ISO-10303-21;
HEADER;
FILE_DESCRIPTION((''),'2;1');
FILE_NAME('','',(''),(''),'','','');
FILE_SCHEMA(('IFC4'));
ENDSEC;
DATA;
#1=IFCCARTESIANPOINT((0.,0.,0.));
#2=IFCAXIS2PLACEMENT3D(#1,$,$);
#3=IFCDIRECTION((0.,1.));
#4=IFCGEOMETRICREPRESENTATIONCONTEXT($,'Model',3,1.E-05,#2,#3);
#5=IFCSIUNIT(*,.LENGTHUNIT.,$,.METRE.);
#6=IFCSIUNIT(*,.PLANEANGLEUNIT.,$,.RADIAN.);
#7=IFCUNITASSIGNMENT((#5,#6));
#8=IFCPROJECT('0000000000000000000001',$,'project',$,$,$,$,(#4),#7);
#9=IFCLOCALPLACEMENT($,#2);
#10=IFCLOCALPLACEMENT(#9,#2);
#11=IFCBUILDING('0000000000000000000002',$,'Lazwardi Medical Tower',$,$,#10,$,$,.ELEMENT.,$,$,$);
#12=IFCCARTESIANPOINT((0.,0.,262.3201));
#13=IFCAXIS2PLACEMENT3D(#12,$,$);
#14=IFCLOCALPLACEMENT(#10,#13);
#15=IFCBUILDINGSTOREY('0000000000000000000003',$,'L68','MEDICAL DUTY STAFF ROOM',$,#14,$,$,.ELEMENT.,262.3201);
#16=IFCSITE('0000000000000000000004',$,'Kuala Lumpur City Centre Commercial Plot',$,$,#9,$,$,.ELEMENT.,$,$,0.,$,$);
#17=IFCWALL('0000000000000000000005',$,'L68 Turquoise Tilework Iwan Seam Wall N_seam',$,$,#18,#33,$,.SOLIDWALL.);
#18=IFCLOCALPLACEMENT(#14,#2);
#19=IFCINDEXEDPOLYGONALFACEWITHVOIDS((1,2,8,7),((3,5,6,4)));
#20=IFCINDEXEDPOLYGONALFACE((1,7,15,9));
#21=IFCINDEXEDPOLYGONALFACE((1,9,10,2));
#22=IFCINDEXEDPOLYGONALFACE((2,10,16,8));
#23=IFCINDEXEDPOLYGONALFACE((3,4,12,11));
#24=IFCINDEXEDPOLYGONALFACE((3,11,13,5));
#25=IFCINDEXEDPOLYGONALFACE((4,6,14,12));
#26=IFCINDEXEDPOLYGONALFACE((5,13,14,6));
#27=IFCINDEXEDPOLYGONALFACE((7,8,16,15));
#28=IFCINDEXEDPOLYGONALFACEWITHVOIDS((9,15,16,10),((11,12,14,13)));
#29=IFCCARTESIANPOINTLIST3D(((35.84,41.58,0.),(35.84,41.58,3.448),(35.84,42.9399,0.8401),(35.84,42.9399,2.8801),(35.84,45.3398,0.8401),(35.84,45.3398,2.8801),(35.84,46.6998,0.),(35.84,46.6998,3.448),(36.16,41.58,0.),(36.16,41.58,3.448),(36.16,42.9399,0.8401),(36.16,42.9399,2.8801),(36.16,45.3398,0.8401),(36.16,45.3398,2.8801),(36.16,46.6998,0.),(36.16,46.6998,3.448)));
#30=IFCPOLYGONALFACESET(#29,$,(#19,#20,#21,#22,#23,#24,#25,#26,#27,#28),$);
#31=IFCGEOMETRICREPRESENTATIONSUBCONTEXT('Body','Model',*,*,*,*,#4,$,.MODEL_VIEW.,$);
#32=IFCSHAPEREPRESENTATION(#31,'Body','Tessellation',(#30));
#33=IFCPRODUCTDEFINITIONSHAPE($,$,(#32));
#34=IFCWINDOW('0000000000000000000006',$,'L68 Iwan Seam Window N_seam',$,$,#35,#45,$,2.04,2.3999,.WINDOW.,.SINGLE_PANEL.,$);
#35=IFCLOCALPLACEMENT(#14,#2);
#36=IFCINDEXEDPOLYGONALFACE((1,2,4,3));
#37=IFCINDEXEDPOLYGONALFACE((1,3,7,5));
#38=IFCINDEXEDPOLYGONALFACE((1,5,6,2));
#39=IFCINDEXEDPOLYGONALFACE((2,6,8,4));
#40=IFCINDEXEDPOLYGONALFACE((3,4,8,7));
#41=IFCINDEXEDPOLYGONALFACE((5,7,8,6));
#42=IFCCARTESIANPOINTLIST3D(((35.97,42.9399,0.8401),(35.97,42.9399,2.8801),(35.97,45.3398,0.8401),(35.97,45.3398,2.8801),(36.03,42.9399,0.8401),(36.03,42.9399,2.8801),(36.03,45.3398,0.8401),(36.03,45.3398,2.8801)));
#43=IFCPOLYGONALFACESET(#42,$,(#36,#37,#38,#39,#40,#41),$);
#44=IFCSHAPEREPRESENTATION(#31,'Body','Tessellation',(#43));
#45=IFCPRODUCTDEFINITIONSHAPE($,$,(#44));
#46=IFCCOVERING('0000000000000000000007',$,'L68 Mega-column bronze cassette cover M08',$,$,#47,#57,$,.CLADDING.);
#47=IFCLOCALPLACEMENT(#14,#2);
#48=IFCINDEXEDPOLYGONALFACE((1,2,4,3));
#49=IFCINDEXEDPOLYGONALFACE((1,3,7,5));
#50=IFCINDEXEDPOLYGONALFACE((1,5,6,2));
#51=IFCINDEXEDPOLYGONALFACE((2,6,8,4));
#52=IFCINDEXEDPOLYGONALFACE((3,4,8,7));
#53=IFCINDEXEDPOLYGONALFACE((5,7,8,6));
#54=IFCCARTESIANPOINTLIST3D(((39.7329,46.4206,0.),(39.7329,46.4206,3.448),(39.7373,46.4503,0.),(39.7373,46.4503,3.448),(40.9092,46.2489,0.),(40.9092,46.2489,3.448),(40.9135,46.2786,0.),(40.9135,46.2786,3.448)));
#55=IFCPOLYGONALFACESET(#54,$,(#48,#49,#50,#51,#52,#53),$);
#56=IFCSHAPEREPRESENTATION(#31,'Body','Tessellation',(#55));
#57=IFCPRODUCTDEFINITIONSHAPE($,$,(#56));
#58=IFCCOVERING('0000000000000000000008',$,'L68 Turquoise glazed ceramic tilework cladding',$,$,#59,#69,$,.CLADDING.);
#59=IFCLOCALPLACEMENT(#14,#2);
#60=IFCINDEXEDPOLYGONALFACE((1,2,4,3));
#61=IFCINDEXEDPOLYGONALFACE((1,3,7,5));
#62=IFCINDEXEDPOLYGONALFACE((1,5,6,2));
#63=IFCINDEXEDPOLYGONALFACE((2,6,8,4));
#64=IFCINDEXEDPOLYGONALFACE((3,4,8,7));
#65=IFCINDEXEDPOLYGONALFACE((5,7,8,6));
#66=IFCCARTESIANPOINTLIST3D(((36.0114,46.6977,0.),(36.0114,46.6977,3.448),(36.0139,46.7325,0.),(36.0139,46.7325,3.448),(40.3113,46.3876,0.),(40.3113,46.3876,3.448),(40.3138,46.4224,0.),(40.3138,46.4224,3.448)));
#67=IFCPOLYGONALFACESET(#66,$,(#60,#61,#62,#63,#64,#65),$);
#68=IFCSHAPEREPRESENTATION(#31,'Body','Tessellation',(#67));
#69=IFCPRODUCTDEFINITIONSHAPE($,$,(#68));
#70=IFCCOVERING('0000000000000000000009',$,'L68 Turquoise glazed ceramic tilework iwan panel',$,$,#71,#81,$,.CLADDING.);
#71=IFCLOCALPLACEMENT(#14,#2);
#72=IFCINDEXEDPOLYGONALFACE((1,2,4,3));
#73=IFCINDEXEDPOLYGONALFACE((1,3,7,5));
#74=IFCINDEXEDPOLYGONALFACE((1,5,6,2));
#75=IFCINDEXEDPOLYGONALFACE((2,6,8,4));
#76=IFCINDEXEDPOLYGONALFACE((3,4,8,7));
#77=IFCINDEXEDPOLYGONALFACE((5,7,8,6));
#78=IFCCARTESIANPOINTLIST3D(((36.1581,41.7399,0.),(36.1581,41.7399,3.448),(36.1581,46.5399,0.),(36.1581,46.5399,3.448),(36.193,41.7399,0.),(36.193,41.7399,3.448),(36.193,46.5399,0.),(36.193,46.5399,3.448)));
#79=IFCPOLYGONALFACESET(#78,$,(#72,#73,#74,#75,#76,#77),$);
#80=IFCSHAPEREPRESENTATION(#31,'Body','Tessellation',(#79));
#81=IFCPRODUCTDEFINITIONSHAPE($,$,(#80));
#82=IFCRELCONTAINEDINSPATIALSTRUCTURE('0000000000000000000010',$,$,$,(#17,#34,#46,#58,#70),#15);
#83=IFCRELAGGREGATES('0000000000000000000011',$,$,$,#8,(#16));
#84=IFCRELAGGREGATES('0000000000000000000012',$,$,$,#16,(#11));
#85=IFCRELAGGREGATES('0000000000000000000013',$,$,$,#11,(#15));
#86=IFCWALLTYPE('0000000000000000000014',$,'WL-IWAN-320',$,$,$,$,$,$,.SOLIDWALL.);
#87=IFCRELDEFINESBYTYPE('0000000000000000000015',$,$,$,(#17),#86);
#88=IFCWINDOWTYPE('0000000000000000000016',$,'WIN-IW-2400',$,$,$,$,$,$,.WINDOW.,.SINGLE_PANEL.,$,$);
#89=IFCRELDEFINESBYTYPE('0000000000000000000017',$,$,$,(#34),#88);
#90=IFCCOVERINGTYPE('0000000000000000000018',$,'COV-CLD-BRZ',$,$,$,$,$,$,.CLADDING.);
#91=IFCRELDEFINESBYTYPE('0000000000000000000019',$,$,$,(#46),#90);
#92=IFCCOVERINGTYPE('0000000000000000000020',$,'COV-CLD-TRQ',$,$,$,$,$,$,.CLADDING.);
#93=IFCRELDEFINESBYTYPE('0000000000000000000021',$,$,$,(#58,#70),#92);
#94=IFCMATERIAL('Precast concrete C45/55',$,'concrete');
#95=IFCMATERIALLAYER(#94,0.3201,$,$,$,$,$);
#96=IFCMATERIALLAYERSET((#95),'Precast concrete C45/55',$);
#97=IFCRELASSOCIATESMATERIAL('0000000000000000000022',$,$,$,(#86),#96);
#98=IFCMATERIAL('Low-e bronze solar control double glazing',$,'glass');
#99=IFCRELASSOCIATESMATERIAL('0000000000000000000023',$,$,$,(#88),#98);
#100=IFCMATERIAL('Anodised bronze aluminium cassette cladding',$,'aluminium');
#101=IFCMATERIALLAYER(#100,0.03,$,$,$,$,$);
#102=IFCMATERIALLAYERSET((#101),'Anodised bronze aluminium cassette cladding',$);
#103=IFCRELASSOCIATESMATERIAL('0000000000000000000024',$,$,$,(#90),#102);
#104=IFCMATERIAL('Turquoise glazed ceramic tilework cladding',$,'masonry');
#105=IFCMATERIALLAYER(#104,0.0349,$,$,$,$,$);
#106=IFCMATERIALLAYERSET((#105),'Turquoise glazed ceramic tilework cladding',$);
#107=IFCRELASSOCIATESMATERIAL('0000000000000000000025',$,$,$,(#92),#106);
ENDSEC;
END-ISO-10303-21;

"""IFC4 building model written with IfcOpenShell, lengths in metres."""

from ifc_helpers import new_model, si_unit, direction, frame, frame_2d, origin, origin_2d, place, context, subcontext, project, spatial, rectangle, extrude, material, layer, layer_set, type_object, element, fill, save


model = new_model("IFC4")

# Units and contexts
model_context = context("Model", 3, precision=1e-05, world=origin(), true_north=direction((0.0, 1.0)))
body_context = subcontext(model_context, "Body", "Model", "MODEL_VIEW")
ifc_project = project(units=[si_unit("LENGTHUNIT", "METRE"), si_unit("PLANEANGLEUNIT", "RADIAN")], contexts=[model_context])

# Site, building, storey
site_placement = place(None, origin())
site = spatial("IfcSite", under=ifc_project, at=site_placement, Name="Kuala Lumpur City Centre Commercial Plot", CompositionType="ELEMENT", RefElevation=0.0)
building_placement = place(site_placement, origin())
building = spatial("IfcBuilding", under=site, at=building_placement, Name="Lazwardi Medical Tower", CompositionType="ELEMENT")
storey_placement = place(building_placement, frame((0.0, 0.0, 262.3201)))
storey = spatial("IfcBuildingStorey", under=building, at=storey_placement, Name="L68", Description="MEDICAL DUTY STAFF ROOM", CompositionType="ELEMENT", Elevation=262.3201)

# Shared definitions
ifc_material_1 = material(Name="Low-e bronze solar control double glazing", Category="glass")

# Wall, opening, window
ifc_material_2 = material(Name="Precast concrete C45/55", Category="concrete")
ifc_layer_1 = layer(ifc_material_2, 0.3201)
ifc_layer_set_1 = layer_set([ifc_layer_1], Name="Precast concrete C45/55")
wall_type = type_object("IfcWallType", Name="WL-IWAN-320", PredefinedType="SOLIDWALL", material=ifc_layer_set_1)
wall_1_placement = place(storey_placement, frame((36.0, 46.7, 0.0), z_axis=(0.0, 0.0, 1.0), x_axis=(0.0, -1.0, 0.0)))
wall_1 = element("IfcWall", 1, at=wall_1_placement, inside=storey, type_object=wall_type, Name="L68 Turquoise Tilework Iwan Seam Wall N_seam", PredefinedType="SOLIDWALL", context=body_context, shape_type="SweptSolid", body=[
    extrude(rectangle(XDim=5.1199, YDim=0.3201, at=frame_2d((2.5601, 0.0))), origin(), (0.0, 0.0, 1.0), 3.448),
])
opening_1_placement = place(wall_1_placement, frame((1.3601, 0.0, 0.8401)))
opening_1 = element("IfcOpeningElement", 2, at=opening_1_placement, cuts=wall_1, PredefinedType="OPENING", context=body_context, shape_type="SweptSolid", body=[
    extrude(rectangle(XDim=2.3999, YDim=2.04, at=frame_2d((1.2, 1.02))), frame((0.0, 0.1699, 0.0), z_axis=(0.0, -1.0, 0.0), x_axis=(1.0, 0.0, 0.0)), (0.0, 0.0, 1.0), 0.3401),
])
window_type_1 = type_object("IfcWindowType", Name="WIN-IW-2400", PartitioningType="SINGLE_PANEL", PredefinedType="WINDOW", material=ifc_material_1)
window_1_placement = place(opening_1_placement, origin())
window_1 = element("IfcWindow", 3, at=window_1_placement, inside=storey, type_object=window_type_1, Name="L68 Iwan Seam Window N_seam", OverallHeight=2.04, OverallWidth=2.3999, PartitioningType="SINGLE_PANEL", PredefinedType="WINDOW", context=body_context, shape_type="SweptSolid", body=[
    extrude(rectangle(XDim=2.3999, YDim=2.04, at=frame_2d((1.2, 1.02))), frame((0.0, 0.03, 0.0), z_axis=(0.0, -1.0, 0.0), x_axis=(1.0, 0.0, 0.0)), (0.0, 0.0, 1.0), 0.0601),
])
fill(opening_1, window_1)

# Coverings
ifc_material_3 = material(Name="Anodised bronze aluminium cassette cladding", Category="aluminium")
ifc_layer_2 = layer(ifc_material_3, 0.03)
ifc_layer_set_2 = layer_set([ifc_layer_2], Name="Anodised bronze aluminium cassette cladding")
covering_type_1 = type_object("IfcCoveringType", Name="COV-CLD-BRZ", PredefinedType="CLADDING", material=ifc_layer_set_2)
covering_1_placement = place(storey_placement, frame((40.3232, 46.3496, 0.0), z_axis=(0.0, 0.0, 1.0), x_axis=(-0.989512, 0.144448, 0.0)))
element("IfcCovering", 4, at=covering_1_placement, inside=storey, type_object=covering_type_1, Name="L68 Mega-column bronze cassette cover M08", PredefinedType="CLADDING", context=body_context, shape_type="SweptSolid", body=[
    extrude(rectangle(XDim=1.1887, YDim=0.03, at=origin_2d()), origin(), (0.0, 0.0, 1.0), 3.448),
])
ifc_material_4 = material(Name="Turquoise glazed ceramic tilework cladding", Category="masonry")
ifc_layer_3 = layer(ifc_material_4, 0.0349)
ifc_layer_set_3 = layer_set([ifc_layer_3], Name="Turquoise glazed ceramic tilework cladding")
covering_type_2 = type_object("IfcCoveringType", Name="COV-CLD-TRQ", PredefinedType="CLADDING", material=ifc_layer_set_3)
covering_2_placement = place(storey_placement, frame((38.1626, 46.5601, 0.0), z_axis=(0.0, 0.0, 1.0), x_axis=(-0.997409, 0.071933, 0.0)))
element("IfcCovering", 5, at=covering_2_placement, inside=storey, type_object=covering_type_2, Name="L68 Turquoise glazed ceramic tilework cladding", PredefinedType="CLADDING", context=body_context, shape_type="SweptSolid", body=[
    extrude(rectangle(XDim=4.311, YDim=0.0349, at=origin_2d()), origin(), (0.0, 0.0, 1.0), 3.448),
])
covering_3_placement = place(storey_placement, frame((36.1755, 44.1399, 0.0), z_axis=(0.0, 0.0, 1.0), x_axis=(0.0, -1.0, 0.0)))
element("IfcCovering", 6, at=covering_3_placement, inside=storey, type_object=covering_type_2, Name="L68 Turquoise glazed ceramic tilework iwan panel", PredefinedType="CLADDING", context=body_context, shape_type="SweptSolid", body=[
    extrude(rectangle(XDim=4.8, YDim=0.0349, at=origin_2d()), origin(), (0.0, 0.0, 1.0), 3.448),
])

save(model, "model.ifc")
